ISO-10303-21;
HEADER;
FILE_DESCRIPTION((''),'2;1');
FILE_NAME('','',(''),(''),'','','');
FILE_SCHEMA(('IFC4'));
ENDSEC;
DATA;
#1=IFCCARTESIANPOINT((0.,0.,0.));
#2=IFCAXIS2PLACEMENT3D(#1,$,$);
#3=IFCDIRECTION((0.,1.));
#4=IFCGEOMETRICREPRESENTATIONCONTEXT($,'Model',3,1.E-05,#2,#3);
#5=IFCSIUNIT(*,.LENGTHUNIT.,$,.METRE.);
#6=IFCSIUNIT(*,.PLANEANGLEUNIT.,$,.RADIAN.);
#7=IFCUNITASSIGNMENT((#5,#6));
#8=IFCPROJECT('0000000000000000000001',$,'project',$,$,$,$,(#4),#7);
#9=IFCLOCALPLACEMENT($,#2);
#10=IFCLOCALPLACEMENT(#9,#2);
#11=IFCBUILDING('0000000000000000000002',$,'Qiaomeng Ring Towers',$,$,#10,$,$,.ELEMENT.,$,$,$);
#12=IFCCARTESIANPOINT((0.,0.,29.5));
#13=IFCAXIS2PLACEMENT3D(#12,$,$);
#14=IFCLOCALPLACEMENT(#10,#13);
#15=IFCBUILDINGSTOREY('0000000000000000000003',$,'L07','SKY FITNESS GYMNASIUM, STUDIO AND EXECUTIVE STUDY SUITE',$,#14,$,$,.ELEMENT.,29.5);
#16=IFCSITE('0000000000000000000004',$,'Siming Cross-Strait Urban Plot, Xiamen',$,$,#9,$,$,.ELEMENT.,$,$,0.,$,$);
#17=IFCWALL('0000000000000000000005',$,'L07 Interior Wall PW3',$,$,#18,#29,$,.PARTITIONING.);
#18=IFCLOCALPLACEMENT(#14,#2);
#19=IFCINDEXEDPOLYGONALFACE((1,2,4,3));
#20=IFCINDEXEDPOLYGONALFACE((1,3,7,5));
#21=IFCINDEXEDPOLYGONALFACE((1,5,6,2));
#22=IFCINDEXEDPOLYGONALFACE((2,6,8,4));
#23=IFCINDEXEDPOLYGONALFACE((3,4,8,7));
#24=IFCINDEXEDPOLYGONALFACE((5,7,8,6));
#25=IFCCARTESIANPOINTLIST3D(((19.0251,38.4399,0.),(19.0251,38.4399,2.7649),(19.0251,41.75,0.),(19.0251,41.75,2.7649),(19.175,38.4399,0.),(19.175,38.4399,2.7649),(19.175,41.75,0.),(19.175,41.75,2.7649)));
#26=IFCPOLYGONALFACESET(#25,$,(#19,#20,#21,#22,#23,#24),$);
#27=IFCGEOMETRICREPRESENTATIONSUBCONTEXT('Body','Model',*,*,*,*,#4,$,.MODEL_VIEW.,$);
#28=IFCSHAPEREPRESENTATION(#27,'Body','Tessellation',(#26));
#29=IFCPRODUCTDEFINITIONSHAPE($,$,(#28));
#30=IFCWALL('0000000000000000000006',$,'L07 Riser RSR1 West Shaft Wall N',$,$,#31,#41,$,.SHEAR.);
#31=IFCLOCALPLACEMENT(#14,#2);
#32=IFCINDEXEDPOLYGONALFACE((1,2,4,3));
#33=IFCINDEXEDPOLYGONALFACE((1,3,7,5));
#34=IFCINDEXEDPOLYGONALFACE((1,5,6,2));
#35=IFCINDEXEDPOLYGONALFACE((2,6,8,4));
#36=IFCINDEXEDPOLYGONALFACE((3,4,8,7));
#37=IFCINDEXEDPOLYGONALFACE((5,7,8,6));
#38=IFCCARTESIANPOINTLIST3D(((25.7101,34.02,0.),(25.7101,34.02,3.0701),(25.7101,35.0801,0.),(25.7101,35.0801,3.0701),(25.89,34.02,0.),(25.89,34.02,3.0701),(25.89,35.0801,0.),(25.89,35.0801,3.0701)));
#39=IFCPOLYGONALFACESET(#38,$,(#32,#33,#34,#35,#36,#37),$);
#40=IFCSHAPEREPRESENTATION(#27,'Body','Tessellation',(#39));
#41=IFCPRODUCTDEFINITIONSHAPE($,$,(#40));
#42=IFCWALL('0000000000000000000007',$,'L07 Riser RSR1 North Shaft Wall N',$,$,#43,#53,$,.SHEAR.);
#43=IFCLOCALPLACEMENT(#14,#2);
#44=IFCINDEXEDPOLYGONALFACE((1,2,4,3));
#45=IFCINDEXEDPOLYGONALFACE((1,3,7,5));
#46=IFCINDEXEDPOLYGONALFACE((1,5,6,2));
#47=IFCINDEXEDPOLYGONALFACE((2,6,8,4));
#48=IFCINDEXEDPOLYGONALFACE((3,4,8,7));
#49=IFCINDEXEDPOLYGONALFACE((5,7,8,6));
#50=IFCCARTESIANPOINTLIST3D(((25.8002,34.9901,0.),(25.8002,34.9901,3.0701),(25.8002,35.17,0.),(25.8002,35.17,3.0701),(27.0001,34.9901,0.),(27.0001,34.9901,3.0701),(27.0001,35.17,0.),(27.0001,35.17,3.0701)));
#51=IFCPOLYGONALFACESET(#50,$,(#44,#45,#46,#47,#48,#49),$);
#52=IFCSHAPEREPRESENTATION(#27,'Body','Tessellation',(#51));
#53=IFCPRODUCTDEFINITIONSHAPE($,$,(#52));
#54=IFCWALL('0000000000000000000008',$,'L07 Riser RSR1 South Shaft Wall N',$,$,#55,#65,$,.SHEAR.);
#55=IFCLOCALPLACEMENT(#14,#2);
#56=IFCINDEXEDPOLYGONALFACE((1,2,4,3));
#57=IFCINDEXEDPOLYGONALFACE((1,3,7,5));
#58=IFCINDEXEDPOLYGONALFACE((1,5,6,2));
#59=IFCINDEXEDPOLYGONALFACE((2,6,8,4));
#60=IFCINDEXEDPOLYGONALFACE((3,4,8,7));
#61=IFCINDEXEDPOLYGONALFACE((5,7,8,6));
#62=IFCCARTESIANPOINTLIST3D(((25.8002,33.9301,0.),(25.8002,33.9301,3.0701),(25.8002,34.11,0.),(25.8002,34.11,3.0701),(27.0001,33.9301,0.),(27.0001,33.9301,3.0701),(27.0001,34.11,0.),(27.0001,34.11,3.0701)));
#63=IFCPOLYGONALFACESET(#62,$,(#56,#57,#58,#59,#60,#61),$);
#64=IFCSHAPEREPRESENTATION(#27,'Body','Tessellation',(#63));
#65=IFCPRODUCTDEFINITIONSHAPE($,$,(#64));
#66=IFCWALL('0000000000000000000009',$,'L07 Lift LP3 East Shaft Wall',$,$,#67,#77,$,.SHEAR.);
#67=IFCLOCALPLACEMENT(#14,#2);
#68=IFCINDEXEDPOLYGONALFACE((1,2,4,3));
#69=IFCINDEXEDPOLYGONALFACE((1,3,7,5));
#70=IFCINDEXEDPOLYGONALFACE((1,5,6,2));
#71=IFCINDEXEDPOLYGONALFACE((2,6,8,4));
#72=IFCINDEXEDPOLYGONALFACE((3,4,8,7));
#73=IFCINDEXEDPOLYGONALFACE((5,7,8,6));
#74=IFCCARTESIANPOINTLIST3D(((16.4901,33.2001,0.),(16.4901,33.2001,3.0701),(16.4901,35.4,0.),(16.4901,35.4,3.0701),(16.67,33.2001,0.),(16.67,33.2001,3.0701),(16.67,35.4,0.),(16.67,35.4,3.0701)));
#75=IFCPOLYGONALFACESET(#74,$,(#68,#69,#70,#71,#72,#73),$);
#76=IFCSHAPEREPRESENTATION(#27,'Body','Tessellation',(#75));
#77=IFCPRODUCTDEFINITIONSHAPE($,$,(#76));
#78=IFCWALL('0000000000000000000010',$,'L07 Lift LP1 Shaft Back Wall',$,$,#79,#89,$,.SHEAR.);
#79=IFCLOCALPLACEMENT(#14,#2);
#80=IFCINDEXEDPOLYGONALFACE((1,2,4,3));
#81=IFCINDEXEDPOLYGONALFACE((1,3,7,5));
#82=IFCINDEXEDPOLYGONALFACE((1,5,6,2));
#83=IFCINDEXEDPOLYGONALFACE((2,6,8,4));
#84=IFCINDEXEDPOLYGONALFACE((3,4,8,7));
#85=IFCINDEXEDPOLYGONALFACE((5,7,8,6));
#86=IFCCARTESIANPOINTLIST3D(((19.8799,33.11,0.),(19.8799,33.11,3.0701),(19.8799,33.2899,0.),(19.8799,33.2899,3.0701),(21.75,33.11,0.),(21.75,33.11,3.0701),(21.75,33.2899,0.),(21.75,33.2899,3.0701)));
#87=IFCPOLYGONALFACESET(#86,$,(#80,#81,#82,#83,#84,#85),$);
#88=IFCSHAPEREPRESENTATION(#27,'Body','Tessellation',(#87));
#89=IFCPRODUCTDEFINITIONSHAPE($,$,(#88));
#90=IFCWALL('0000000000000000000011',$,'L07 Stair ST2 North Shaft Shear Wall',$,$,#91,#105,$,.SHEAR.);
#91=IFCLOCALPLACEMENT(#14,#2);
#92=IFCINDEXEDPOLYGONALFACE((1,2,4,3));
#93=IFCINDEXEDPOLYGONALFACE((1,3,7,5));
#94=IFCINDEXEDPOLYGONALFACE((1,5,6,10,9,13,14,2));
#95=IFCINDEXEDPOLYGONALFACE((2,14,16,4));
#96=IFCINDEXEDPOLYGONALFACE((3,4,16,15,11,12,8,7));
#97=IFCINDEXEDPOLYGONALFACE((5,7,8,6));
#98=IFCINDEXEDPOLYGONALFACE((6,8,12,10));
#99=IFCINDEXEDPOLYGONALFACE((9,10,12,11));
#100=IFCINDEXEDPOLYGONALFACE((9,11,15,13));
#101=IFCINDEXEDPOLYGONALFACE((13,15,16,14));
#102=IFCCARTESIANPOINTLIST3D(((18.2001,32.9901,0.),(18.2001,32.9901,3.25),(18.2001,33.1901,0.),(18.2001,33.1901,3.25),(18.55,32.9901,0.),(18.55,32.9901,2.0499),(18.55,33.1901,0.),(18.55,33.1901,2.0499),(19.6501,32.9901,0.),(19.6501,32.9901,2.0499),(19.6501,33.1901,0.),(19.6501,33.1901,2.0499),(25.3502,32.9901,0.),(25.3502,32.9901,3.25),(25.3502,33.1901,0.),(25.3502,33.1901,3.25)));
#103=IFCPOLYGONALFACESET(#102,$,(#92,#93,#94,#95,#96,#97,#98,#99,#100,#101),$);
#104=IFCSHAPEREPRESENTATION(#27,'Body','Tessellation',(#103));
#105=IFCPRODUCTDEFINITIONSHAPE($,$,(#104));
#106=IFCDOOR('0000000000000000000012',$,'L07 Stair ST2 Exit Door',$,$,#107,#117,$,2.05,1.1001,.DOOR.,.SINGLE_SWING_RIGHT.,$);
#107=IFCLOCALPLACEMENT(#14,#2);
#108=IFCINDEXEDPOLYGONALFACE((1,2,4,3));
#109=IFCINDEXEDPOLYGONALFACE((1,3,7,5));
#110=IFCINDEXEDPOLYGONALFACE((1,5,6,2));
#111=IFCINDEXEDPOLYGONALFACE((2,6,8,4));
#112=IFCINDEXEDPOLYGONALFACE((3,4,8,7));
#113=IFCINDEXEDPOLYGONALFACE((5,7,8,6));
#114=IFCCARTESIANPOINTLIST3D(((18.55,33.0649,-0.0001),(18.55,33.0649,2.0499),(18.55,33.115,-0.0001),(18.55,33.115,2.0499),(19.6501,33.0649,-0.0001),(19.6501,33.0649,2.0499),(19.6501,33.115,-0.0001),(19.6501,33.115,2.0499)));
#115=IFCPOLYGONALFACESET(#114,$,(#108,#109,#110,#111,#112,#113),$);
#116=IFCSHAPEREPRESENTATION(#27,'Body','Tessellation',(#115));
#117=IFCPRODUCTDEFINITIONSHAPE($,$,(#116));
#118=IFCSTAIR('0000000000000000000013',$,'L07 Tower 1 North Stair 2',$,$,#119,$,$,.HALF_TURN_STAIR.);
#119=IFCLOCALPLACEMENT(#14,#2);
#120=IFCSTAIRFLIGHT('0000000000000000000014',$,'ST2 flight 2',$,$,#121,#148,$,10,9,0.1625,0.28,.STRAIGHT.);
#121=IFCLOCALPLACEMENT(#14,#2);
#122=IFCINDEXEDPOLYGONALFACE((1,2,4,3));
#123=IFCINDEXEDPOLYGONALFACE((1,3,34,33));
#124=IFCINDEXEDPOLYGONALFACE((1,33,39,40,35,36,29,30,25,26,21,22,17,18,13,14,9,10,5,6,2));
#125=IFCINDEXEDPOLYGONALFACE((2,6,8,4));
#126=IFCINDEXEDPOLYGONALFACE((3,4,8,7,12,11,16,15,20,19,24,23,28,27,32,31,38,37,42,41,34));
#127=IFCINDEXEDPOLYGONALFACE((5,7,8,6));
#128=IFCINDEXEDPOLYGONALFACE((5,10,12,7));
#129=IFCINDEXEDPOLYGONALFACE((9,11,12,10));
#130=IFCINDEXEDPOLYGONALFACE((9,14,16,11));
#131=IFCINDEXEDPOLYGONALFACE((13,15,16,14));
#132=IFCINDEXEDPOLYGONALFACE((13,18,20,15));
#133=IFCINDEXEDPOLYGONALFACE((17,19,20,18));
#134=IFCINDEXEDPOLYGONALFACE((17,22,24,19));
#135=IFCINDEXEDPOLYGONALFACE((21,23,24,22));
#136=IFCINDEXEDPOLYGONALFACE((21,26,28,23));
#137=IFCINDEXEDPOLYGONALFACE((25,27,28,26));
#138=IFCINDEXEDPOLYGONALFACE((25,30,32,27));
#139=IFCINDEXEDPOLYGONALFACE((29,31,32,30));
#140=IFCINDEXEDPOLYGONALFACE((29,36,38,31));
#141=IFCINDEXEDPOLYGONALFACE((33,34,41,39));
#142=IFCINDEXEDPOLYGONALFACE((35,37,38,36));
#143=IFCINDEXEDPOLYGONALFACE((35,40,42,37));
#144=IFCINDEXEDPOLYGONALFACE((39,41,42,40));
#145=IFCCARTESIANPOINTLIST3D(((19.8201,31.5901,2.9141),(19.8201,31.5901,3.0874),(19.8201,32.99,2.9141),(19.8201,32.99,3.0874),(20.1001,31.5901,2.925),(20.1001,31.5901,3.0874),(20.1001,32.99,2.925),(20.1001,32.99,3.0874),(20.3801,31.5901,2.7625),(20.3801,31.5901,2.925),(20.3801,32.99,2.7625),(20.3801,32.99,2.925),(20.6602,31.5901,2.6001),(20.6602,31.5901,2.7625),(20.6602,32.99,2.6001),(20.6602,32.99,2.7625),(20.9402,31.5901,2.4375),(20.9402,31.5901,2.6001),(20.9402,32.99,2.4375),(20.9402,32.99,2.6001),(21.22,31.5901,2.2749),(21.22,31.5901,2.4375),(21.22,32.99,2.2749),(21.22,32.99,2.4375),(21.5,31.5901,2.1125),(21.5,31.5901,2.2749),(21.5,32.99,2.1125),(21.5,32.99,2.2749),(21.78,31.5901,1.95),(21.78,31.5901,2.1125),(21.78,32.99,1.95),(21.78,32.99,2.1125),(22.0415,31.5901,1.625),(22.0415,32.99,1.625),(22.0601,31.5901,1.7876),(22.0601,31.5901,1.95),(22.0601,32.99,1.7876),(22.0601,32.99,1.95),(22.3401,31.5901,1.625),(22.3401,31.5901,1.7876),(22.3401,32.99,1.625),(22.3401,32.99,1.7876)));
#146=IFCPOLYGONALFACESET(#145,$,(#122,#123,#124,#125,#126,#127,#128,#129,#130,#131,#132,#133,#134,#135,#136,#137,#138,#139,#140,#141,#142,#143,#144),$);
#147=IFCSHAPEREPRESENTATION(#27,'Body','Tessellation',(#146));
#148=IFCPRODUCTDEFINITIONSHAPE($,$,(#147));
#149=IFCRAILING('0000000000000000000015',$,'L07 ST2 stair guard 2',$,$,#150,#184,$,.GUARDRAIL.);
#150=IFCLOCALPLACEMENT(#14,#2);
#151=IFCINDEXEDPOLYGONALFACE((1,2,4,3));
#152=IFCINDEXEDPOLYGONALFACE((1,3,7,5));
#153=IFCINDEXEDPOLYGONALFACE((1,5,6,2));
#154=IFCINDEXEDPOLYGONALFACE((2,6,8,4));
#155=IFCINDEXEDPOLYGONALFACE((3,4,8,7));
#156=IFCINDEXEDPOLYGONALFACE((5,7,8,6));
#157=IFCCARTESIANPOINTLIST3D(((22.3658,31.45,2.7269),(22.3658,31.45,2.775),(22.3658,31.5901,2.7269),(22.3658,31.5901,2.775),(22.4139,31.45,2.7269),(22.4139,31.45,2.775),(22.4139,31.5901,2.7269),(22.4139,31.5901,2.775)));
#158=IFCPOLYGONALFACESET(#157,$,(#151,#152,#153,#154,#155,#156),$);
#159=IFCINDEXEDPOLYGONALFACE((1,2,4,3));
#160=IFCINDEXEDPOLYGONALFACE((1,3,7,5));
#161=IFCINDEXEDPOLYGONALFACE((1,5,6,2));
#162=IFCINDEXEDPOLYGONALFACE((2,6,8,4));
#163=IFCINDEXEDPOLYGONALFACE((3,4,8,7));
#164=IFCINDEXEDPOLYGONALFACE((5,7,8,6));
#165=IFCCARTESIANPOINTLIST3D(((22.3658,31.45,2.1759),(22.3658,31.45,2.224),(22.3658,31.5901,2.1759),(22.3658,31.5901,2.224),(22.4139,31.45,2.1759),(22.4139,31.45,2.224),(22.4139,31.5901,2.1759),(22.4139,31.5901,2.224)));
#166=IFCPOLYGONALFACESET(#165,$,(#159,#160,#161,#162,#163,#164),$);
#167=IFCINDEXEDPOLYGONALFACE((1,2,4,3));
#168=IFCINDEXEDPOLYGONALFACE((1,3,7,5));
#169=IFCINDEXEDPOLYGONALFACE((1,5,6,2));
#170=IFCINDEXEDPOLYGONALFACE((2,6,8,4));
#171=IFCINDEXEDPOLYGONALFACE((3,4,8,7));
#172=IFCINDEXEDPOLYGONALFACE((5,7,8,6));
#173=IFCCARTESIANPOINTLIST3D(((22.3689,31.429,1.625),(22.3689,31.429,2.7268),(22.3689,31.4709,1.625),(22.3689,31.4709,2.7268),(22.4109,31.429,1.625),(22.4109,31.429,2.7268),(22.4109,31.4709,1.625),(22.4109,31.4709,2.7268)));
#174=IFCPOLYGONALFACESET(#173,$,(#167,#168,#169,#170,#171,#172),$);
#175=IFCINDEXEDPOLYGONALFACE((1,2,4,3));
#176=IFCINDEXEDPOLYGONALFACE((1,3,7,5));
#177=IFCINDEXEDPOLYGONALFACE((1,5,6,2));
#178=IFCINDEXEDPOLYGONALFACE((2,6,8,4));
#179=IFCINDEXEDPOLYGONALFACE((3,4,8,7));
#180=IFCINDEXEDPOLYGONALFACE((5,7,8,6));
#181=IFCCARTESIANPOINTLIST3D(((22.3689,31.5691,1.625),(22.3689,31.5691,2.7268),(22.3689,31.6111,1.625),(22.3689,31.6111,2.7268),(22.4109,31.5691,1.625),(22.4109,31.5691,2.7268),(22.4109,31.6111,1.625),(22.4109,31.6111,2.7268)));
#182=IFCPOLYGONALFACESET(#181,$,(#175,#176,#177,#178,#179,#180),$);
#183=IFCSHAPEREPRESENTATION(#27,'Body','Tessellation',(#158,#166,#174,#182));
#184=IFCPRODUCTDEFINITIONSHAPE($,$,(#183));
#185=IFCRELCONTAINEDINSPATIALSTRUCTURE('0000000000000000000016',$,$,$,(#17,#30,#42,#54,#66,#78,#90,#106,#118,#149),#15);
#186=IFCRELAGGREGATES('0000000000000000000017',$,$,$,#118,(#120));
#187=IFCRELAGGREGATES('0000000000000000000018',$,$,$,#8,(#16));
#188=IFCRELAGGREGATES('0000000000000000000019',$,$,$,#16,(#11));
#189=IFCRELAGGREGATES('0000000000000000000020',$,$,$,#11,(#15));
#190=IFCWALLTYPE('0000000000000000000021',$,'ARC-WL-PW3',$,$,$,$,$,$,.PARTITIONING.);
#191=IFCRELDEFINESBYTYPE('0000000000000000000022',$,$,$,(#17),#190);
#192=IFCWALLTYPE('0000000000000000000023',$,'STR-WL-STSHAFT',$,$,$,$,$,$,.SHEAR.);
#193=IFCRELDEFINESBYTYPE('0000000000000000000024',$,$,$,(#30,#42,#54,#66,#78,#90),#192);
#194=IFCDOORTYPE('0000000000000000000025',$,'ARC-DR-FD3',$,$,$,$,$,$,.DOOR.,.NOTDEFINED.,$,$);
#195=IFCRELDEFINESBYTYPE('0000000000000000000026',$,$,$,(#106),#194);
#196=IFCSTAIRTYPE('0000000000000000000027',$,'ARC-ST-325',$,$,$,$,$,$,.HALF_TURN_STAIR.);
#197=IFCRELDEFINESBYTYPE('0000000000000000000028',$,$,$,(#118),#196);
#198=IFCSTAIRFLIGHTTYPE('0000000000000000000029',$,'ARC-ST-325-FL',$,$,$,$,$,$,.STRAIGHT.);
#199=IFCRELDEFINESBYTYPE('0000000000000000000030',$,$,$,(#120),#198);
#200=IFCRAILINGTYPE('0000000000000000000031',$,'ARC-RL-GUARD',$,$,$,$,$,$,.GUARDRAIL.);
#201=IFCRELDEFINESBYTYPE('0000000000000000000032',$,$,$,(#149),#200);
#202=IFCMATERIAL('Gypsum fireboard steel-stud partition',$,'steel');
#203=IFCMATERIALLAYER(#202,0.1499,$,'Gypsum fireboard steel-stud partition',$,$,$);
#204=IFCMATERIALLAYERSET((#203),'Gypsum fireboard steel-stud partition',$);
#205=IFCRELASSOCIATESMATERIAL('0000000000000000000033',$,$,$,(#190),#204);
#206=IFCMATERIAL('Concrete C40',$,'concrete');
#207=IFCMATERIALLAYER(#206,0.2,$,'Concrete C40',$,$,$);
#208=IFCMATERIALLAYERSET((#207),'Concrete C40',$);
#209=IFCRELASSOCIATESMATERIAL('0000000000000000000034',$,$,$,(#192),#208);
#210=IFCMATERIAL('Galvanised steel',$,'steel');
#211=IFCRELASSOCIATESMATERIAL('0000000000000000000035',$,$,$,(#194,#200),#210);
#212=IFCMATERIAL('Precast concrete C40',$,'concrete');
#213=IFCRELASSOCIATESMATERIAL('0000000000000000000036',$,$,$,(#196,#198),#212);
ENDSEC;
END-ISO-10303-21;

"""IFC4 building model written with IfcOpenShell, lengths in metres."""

from ifc_helpers import new_model, si_unit, direction, frame, frame_2d, origin, origin_2d, place, context, subcontext, project, spatial, polyline, rectangle, outline, extrude, source, transform, mapped, material, layer, layer_set, type_object, element, fill, aggregate, save


model = new_model("IFC4")

# Units and contexts
model_context = context("Model", 3, precision=1e-05, world=origin(), true_north=direction((0.0, 1.0)))
body_context = subcontext(model_context, "Body", "Model", "MODEL_VIEW")
ifc_project = project(units=[si_unit("LENGTHUNIT", "METRE"), si_unit("PLANEANGLEUNIT", "RADIAN")], contexts=[model_context])

# Site, building, storey
site_placement = place(None, origin())
site = spatial("IfcSite", under=ifc_project, at=site_placement, Name="Siming Cross-Strait Urban Plot, Xiamen", CompositionType="ELEMENT", RefElevation=0.0)
building_placement = place(site_placement, origin())
building = spatial("IfcBuilding", under=site, at=building_placement, Name="Qiaomeng Ring Towers", CompositionType="ELEMENT")
storey_placement = place(building_placement, frame((0.0, 0.0, 29.5)))
storey = spatial("IfcBuildingStorey", under=building, at=storey_placement, Name="L07", Description="SKY FITNESS GYMNASIUM, STUDIO AND EXECUTIVE STUDY SUITE", CompositionType="ELEMENT", Elevation=29.5)

# Walls
ifc_material_1 = material(Name="Gypsum fireboard steel-stud partition", Category="steel")
ifc_layer_1 = layer(ifc_material_1, 0.1499, Name="Gypsum fireboard steel-stud partition")
ifc_layer_set_1 = layer_set([ifc_layer_1], Name="Gypsum fireboard steel-stud partition")
wall_type_1 = type_object("IfcWallType", Name="ARC-WL-PW3", PredefinedType="PARTITIONING", material=ifc_layer_set_1)
wall_1_placement = place(storey_placement, frame((19.1001, 38.4399, 0.0), z_axis=(0.0, 0.0, 1.0), x_axis=(0.0, 1.0, 0.0)))
element("IfcWall", 1, at=wall_1_placement, inside=storey, type_object=wall_type_1, Name="L07 Interior Wall PW3", PredefinedType="PARTITIONING", context=body_context, shape_type="SweptSolid", body=[
    extrude(rectangle(XDim=3.3101, YDim=0.1499, at=frame_2d((1.655, 0.0))), origin(), (0.0, 0.0, 1.0), 2.7649),
])
ifc_material_2 = material(Name="Concrete C40", Category="concrete")
ifc_layer_2 = layer(ifc_material_2, 0.2, Name="Concrete C40")
ifc_layer_set_2 = layer_set([ifc_layer_2], Name="Concrete C40")
wall_type_2 = type_object("IfcWallType", Name="STR-WL-STSHAFT", PredefinedType="SHEAR", material=ifc_layer_set_2)
wall_2_placement = place(storey_placement, frame((25.8, 34.02, 0.0), z_axis=(0.0, 0.0, 1.0), x_axis=(0.0, 1.0, 0.0)))
element("IfcWall", 2, at=wall_2_placement, inside=storey, type_object=wall_type_2, Name="L07 Riser RSR1 West Shaft Wall N", PredefinedType="SHEAR", context=body_context, shape_type="SweptSolid", body=[
    extrude(rectangle(XDim=1.0601, YDim=0.1799, at=frame_2d((0.53, 0.0))), origin(), (0.0, 0.0, 1.0), 3.0701),
])
for number, where, z_axis, x_axis, name in (
    (3, (25.8, 35.0801, 0.0), (0.0, 0.0, 1.0), (1.0, 0.0, 0.0), "L07 Riser RSR1 North Shaft Wall N"),
    (4, (25.8, 34.02, 0.0), (0.0, 0.0, 1.0), (1.0, 0.0, 0.0), "L07 Riser RSR1 South Shaft Wall N"),
):
    element("IfcWall", number, at=place(storey_placement, frame(where, z_axis=z_axis, x_axis=x_axis)), inside=storey, type_object=wall_type_2, Name=name, PredefinedType="SHEAR", context=body_context, shape_type="SweptSolid", body=[
        extrude(rectangle(XDim=1.2, YDim=0.1799, at=frame_2d((0.6001, 0.0))), origin(), (0.0, 0.0, 1.0), 3.0701),
    ])
wall_3_placement = place(storey_placement, frame((16.5801, 33.2, 0.0), z_axis=(0.0, 0.0, 1.0), x_axis=(0.0, 1.0, 0.0)))
element("IfcWall", 5, at=wall_3_placement, inside=storey, type_object=wall_type_2, Name="L07 Lift LP3 East Shaft Wall", PredefinedType="SHEAR", context=body_context, shape_type="SweptSolid", body=[
    extrude(rectangle(XDim=2.2, YDim=0.1799, at=frame_2d((1.1001, 0.0))), origin(), (0.0, 0.0, 1.0), 3.0701),
])
wall_4_placement = place(storey_placement, frame((19.8799, 33.2, 0.0), z_axis=(0.0, 0.0, 1.0), x_axis=(1.0, 0.0, 0.0)))
element("IfcWall", 6, at=wall_4_placement, inside=storey, type_object=wall_type_2, Name="L07 Lift LP1 Shaft Back Wall", PredefinedType="SHEAR", context=body_context, shape_type="SweptSolid", body=[
    extrude(rectangle(XDim=1.8701, YDim=0.1799, at=frame_2d((0.9351, 0.0))), origin(), (0.0, 0.0, 1.0), 3.0701),
])

# Wall, opening, door
wall_5_placement = place(storey_placement, frame((18.2, 33.0901, 0.0), z_axis=(0.0, 0.0, 1.0), x_axis=(1.0, 0.0, 0.0)))
wall_5 = element("IfcWall", 7, at=wall_5_placement, inside=storey, type_object=wall_type_2, Name="L07 Stair ST2 North Shaft Shear Wall", PredefinedType="SHEAR", context=body_context, shape_type="SweptSolid", body=[
    extrude(rectangle(XDim=7.1501, YDim=0.2, at=frame_2d((3.5752, 0.0))), origin(), (0.0, 0.0, 1.0), 3.25),
])
opening_placement = place(wall_5_placement, frame((0.3501, 0.0, 0.0)))
opening = element("IfcOpeningElement", 8, at=opening_placement, cuts=wall_5, PredefinedType="OPENING", context=body_context, shape_type="SweptSolid", body=[
    extrude(rectangle(XDim=1.1001, YDim=2.05, at=frame_2d((0.55, 1.0249))), frame((0.0, 0.1099, 0.0), z_axis=(0.0, -1.0, 0.0), x_axis=(1.0, 0.0, 0.0)), (0.0, 0.0, 1.0), 0.22),
])
ifc_material_3 = material(Name="Galvanised steel", Category="steel")
door_type = type_object("IfcDoorType", Name="ARC-DR-FD3", OperationType="NOTDEFINED", PredefinedType="DOOR", material=ifc_material_3)
shared_shape_1 = source(origin(), body_context, "Body", "SweptSolid", [
    extrude(rectangle(XDim=1.1001, YDim=2.05, at=frame_2d((0.55, 1.0249))), frame((0.0, 0.0249, 0.0), z_axis=(0.0, -1.0, 0.0), x_axis=(1.0, 0.0, 0.0)), (0.0, 0.0, 1.0), 0.05),
])
door_placement = place(opening_placement, origin())
door = element("IfcDoor", 9, at=door_placement, inside=storey, type_object=door_type, Name="L07 Stair ST2 Exit Door", OperationType="SINGLE_SWING_RIGHT", OverallHeight=2.05, OverallWidth=1.1001, PredefinedType="DOOR", context=body_context, shape_type="MappedRepresentation", body=[
    mapped(shared_shape_1, transform((0.0, 0.0, 0.0), x_axis=(1.0, 0.0, 0.0), y_axis=(0.0, 1.0, 0.0), z_axis=(0.0, 0.0, 1.0), scale=1.0)),
])
fill(opening, door)

# Stair, stair flight
ifc_material_4 = material(Name="Precast concrete C40", Category="concrete")
stair_type = type_object("IfcStairType", Name="ARC-ST-325", PredefinedType="HALF_TURN_STAIR", material=ifc_material_4)
stair_placement = place(storey_placement, origin())
stair = element("IfcStair", 10, at=stair_placement, inside=storey, type_object=stair_type, Name="L07 Tower 1 North Stair 2", PredefinedType="HALF_TURN_STAIR")
stair_flight_type = type_object("IfcStairFlightType", Name="ARC-ST-325-FL", PredefinedType="STRAIGHT", material=ifc_material_4)
shared_shape_2 = source(origin(), body_context, "Body", "SweptSolid", [
    extrude(outline(polyline([(0.0, 0.0), (0.0, 0.1626), (0.28, 0.1626), (0.28, 0.325), (0.5601, 0.325), (0.5601, 0.4875), (0.8401, 0.4875), (0.8401, 0.6499), (1.1201, 0.6499), (1.1201, 0.8125), (1.3999, 0.8125), (1.3999, 0.9751), (1.6799, 0.9751), (1.6799, 1.1375), (1.96, 1.1375), (1.96, 1.3), (2.24, 1.3), (2.24, 1.4624), (2.52, 1.4624), (2.52, 1.625), (2.52, 1.2891), (0.2986, 0.0), (0.0, 0.0)])), frame((0.0, 0.7, 0.0), z_axis=(0.0, -1.0, 0.0), x_axis=(1.0, 0.0, 0.0)), (0.0, 0.0, 1.0), 1.3999),
])
stair_flight_placement = place(storey_placement, frame((22.3401, 32.29, 1.625), z_axis=(0.0, 0.0, 1.0), x_axis=(-1.0, 0.0, 0.0)))
stair_flight = element("IfcStairFlight", 11, at=stair_flight_placement, type_object=stair_flight_type, Name="ST2 flight 2", NumberOfRisers=10, NumberOfTreads=9, PredefinedType="STRAIGHT", RiserHeight=0.1625, TreadLength=0.28, context=body_context, shape_type="MappedRepresentation", body=[
    mapped(shared_shape_2, transform((0.0, 0.0, 0.0), x_axis=(1.0, 0.0, 0.0), y_axis=(0.0, 1.0, 0.0), z_axis=(0.0, 0.0, 1.0), scale=1.0)),
])
aggregate(stair, [stair_flight])

# Railing
railing_type_1 = type_object("IfcRailingType", Name="ARC-RL-GUARD", PredefinedType="GUARDRAIL", material=ifc_material_3)
railing_1_placement = place(storey_placement, frame((22.3899, 31.45, 1.625)))
element("IfcRailing", 12, at=railing_1_placement, inside=storey, type_object=railing_type_1, Name="L07 ST2 stair guard 2", PredefinedType="GUARDRAIL", context=body_context, shape_type="SweptSolid", body=[
    extrude(rectangle(XDim=0.0481, YDim=0.0481, at=origin_2d()), frame((0.0, 0.0, 1.126), z_axis=(0.0, 1.0, 0.0), x_axis=(-1.0, 0.0, 0.0)), (0.0, 0.0, 1.0), 0.1401),
    extrude(rectangle(XDim=0.0481, YDim=0.0481, at=origin_2d()), frame((0.0, 0.0, 0.575), z_axis=(0.0, 1.0, 0.0), x_axis=(-1.0, 0.0, 0.0)), (0.0, 0.0, 1.0), 0.1401),
    extrude(rectangle(XDim=0.042, YDim=0.042, at=origin_2d()), origin(), (0.0, 0.0, 1.0), 1.1018),
    extrude(rectangle(XDim=0.042, YDim=0.042, at=origin_2d()), frame((0.0, 0.1401, 0.0)), (0.0, 0.0, 1.0), 1.1018),
])

save(model, "model.ifc")
